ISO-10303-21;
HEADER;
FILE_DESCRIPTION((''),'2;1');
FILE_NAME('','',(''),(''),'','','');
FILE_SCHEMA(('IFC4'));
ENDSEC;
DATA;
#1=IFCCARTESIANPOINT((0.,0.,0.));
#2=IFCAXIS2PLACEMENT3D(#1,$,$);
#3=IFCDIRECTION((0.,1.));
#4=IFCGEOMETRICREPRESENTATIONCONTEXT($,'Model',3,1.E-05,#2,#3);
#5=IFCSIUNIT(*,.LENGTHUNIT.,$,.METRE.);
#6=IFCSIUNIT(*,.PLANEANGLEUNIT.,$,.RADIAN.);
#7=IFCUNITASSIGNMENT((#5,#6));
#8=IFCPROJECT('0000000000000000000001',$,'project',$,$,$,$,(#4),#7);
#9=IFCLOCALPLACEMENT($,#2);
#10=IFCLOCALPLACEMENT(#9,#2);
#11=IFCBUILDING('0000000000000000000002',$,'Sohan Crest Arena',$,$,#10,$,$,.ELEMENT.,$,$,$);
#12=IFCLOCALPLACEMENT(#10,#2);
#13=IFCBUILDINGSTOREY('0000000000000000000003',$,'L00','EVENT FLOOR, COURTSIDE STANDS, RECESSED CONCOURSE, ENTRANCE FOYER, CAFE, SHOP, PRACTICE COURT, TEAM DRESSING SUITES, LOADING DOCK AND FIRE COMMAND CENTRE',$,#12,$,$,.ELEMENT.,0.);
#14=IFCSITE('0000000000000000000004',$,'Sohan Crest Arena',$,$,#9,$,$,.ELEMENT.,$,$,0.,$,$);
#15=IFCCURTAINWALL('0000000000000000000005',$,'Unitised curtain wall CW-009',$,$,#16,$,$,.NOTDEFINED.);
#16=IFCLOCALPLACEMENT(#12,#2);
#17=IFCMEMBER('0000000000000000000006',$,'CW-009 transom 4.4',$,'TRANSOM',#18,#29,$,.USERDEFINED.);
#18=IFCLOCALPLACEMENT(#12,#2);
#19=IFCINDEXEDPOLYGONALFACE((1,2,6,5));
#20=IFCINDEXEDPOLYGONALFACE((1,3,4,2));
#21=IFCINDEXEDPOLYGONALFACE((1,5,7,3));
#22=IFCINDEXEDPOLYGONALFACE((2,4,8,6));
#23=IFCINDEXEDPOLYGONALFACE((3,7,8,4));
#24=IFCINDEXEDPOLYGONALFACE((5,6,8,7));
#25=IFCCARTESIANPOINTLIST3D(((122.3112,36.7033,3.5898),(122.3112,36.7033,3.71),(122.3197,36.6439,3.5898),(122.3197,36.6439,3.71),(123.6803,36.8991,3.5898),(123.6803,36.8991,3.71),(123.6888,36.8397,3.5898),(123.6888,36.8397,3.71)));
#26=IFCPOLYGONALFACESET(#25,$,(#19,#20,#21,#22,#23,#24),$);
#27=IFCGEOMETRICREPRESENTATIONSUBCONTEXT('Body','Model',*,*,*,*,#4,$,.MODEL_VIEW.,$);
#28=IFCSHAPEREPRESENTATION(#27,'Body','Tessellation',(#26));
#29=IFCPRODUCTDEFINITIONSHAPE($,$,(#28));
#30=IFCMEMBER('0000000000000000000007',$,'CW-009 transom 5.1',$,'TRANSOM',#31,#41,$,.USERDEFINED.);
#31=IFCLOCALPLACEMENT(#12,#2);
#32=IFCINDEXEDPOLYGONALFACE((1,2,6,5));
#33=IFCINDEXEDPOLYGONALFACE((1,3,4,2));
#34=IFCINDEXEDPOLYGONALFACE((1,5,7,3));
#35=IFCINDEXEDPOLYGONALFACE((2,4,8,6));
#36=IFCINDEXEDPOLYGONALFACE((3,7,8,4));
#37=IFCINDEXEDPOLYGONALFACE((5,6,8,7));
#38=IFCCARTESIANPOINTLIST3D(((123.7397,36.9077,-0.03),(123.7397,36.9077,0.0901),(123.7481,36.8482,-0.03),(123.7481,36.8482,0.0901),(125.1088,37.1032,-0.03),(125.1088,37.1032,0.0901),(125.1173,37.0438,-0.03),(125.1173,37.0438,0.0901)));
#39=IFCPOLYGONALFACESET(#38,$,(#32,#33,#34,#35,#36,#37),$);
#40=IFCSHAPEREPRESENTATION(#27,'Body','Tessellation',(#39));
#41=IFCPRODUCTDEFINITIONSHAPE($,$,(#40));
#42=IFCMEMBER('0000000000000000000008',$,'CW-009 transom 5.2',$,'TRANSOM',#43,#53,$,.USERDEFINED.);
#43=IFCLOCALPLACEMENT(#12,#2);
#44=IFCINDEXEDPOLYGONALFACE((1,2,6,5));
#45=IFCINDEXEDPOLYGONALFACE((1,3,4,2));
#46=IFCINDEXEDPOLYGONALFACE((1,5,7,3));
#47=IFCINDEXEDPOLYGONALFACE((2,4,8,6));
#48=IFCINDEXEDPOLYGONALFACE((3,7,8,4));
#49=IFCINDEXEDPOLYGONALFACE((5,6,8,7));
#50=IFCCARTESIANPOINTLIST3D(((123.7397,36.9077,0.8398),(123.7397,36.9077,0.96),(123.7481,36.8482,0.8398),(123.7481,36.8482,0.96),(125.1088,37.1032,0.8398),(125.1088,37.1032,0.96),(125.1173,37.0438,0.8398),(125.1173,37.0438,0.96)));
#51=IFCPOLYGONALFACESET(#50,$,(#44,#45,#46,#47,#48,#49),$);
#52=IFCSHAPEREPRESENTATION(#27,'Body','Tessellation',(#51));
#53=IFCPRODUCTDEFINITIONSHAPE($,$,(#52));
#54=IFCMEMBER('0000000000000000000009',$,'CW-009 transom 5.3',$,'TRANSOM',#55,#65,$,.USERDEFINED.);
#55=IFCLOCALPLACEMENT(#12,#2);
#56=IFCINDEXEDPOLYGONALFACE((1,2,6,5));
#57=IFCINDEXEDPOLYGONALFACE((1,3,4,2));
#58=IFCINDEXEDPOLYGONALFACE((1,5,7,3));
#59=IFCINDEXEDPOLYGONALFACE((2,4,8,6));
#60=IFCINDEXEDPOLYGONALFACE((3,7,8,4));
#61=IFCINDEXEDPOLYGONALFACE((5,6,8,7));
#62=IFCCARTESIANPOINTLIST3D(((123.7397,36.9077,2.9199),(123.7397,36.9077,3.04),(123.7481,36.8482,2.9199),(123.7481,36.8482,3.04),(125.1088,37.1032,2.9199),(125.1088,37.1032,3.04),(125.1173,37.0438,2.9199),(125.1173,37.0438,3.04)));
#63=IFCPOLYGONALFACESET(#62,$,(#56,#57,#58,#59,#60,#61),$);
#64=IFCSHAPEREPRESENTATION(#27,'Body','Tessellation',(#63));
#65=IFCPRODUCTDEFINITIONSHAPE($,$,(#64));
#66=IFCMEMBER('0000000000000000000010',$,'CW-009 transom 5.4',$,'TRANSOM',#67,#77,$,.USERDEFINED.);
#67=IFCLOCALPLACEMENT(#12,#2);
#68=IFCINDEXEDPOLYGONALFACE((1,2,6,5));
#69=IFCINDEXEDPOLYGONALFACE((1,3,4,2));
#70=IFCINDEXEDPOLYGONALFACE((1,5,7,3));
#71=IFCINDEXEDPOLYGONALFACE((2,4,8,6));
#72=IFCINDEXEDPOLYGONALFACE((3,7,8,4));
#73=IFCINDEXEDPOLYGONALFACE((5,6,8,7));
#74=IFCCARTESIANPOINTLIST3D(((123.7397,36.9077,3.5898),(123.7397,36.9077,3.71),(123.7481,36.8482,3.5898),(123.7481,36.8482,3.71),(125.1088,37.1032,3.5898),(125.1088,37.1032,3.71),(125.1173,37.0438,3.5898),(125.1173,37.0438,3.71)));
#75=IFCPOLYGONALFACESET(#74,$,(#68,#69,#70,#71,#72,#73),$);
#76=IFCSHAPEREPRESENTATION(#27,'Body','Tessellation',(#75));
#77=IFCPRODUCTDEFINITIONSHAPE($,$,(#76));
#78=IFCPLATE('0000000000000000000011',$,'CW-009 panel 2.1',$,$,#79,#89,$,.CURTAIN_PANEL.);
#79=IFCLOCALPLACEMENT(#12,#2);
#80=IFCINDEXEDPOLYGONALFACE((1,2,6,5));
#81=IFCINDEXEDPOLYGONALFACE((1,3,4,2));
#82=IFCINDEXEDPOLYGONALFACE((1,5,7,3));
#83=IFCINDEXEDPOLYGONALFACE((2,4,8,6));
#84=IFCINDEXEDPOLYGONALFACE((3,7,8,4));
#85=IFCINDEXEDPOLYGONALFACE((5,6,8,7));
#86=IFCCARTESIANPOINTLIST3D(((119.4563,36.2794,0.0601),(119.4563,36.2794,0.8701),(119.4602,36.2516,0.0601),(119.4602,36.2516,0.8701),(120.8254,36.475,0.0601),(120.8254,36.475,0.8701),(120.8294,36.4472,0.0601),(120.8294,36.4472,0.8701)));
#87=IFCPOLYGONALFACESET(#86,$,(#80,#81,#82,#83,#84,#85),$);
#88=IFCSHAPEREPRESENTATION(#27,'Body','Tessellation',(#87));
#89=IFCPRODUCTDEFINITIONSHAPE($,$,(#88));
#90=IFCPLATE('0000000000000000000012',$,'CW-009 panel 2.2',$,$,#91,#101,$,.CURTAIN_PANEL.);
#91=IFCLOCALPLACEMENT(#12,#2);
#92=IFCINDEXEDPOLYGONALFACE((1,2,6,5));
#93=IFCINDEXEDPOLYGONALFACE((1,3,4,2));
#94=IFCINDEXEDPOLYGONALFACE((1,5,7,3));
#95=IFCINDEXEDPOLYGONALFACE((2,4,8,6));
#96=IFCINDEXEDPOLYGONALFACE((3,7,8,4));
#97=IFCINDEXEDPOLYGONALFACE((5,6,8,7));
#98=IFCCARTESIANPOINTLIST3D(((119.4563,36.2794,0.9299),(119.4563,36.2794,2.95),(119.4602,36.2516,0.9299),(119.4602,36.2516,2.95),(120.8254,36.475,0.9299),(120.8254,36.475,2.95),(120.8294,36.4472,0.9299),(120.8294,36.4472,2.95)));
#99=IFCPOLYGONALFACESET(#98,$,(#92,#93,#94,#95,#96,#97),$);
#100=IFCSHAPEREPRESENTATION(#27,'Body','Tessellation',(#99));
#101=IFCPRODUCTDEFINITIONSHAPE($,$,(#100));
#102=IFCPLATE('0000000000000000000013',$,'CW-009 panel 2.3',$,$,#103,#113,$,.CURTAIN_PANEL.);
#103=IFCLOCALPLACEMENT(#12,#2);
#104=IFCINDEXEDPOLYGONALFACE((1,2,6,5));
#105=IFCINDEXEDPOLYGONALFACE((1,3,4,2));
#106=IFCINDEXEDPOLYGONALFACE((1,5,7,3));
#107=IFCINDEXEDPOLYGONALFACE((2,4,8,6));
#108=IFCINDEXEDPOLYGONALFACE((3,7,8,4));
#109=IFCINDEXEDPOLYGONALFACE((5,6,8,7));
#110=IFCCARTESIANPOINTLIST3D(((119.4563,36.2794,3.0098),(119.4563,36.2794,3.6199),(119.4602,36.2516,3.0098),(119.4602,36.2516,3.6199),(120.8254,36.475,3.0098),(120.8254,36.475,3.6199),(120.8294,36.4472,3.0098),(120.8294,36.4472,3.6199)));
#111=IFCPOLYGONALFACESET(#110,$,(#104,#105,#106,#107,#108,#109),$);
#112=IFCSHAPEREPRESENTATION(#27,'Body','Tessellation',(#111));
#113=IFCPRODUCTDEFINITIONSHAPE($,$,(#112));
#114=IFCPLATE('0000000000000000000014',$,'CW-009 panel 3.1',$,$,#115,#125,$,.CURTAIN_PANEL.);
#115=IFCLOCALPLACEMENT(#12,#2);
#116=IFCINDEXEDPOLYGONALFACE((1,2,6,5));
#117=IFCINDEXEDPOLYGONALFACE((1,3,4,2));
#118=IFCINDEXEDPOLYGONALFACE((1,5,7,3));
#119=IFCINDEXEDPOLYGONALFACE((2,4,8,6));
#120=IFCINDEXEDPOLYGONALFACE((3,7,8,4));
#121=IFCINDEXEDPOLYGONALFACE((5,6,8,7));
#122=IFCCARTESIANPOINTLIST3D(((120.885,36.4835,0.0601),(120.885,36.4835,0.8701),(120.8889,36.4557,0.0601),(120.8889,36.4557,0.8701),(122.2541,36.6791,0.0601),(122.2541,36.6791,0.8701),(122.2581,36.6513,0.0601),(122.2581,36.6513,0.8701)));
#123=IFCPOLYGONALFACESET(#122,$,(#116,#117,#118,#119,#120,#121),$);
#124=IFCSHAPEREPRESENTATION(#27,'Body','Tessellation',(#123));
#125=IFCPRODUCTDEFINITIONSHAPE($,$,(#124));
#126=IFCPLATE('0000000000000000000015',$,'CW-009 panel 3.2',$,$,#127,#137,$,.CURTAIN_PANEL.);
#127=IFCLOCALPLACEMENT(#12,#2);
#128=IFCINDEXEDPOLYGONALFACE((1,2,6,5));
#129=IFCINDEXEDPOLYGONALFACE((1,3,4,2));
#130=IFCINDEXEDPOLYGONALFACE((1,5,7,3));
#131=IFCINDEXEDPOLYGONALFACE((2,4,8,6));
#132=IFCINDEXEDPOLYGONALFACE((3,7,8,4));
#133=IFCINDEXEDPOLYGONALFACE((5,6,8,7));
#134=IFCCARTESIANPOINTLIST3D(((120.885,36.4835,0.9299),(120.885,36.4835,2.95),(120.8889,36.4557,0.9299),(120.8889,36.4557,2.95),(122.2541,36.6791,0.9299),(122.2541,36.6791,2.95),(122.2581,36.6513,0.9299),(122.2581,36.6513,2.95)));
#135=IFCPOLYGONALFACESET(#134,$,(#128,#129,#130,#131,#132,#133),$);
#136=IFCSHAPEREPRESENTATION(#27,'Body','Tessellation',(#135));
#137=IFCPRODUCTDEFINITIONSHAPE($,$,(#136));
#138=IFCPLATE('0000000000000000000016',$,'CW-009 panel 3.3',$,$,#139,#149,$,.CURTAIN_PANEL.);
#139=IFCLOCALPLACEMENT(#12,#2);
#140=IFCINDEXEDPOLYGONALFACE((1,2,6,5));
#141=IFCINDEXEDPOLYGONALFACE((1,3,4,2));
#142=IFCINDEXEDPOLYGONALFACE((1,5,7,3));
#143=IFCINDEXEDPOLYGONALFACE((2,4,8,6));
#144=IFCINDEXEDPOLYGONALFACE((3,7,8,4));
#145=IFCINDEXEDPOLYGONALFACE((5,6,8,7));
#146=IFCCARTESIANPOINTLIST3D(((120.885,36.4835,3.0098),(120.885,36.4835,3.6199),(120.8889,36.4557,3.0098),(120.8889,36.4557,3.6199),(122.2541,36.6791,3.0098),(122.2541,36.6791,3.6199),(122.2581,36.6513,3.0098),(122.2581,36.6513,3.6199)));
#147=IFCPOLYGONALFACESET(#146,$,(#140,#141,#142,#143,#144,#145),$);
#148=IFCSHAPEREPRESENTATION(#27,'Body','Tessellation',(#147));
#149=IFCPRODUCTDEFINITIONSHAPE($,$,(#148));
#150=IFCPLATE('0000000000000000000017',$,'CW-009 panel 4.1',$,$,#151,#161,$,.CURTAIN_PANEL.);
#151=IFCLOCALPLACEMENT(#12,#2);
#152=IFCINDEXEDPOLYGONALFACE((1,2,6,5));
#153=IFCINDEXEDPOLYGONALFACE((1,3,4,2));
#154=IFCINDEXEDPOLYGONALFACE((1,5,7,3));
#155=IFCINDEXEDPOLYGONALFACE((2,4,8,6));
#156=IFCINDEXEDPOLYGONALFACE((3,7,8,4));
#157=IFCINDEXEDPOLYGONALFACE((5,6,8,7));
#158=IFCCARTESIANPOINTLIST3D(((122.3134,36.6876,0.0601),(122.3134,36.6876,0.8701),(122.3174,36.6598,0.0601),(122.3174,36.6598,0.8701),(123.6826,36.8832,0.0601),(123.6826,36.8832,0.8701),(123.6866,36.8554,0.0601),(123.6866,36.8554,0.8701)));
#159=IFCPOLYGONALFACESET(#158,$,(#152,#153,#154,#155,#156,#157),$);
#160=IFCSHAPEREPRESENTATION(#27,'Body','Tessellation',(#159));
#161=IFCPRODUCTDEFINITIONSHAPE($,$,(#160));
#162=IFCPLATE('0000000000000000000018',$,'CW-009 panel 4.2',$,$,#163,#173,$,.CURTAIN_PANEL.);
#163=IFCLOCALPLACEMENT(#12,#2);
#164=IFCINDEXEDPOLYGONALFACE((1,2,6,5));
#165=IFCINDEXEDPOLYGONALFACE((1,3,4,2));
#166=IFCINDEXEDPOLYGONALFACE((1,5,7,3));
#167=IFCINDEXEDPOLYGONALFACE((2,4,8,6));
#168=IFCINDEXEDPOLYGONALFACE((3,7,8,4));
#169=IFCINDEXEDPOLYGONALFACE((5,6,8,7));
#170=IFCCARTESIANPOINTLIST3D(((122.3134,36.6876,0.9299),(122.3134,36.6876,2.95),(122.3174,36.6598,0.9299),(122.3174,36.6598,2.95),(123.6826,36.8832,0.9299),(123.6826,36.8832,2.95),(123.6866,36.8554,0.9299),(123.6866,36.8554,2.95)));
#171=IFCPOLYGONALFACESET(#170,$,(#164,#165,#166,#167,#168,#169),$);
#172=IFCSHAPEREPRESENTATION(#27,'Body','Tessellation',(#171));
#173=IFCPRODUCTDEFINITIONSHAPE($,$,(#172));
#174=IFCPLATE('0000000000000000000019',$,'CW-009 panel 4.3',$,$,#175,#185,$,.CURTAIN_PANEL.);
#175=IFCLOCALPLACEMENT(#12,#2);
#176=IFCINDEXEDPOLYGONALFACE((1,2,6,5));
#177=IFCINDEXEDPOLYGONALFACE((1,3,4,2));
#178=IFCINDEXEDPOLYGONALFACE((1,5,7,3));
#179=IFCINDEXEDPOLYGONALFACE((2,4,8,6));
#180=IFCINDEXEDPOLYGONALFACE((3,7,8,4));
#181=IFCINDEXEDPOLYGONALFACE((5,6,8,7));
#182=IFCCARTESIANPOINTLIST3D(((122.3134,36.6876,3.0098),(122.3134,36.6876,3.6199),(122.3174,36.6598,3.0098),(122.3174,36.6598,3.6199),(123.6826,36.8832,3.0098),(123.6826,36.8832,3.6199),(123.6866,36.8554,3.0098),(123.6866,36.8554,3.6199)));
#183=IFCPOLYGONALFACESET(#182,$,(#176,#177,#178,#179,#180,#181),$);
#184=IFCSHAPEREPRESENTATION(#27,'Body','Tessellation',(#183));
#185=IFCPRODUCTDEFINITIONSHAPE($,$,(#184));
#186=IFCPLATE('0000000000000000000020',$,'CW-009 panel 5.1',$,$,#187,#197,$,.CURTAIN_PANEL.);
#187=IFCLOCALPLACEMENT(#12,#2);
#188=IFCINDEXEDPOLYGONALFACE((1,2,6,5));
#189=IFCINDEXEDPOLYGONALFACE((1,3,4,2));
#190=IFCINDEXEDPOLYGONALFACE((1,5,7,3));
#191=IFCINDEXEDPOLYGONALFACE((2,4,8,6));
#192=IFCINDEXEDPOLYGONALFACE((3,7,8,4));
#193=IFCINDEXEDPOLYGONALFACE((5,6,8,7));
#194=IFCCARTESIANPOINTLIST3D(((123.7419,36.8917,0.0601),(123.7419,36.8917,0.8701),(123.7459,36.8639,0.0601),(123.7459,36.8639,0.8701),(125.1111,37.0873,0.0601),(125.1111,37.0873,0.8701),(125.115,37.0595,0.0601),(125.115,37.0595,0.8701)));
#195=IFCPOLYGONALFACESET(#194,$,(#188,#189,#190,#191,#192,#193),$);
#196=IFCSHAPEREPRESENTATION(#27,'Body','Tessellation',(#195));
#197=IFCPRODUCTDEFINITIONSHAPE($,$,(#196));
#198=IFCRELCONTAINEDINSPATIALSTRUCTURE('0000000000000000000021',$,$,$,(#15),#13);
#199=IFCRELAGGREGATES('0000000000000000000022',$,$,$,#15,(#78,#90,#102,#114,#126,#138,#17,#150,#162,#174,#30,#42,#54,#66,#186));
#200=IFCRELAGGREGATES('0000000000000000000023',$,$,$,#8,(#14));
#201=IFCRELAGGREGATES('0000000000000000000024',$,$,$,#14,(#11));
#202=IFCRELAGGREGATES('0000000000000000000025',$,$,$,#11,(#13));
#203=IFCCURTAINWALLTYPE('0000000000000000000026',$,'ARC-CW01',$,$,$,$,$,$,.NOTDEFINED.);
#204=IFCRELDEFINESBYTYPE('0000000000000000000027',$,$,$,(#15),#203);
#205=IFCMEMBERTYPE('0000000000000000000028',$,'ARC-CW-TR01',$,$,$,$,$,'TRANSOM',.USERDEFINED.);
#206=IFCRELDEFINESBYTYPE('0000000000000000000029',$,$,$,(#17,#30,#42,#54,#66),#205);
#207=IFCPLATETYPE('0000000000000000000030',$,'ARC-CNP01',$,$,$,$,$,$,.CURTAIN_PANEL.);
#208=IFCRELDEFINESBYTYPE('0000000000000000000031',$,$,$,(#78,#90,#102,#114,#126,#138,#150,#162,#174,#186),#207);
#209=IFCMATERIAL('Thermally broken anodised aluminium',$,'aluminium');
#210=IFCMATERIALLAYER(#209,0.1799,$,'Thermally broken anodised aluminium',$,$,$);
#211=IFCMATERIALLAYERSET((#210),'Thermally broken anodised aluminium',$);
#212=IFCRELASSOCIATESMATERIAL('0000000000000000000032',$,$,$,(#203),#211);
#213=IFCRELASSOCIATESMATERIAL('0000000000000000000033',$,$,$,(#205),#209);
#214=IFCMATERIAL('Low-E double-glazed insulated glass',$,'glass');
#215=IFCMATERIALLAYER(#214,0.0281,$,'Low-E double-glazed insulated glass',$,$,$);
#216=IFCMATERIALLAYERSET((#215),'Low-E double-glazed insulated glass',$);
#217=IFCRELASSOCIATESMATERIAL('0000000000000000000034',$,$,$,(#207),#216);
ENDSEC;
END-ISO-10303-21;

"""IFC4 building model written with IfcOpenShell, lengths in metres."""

from ifc_helpers import new_model, si_unit, direction, frame, origin, origin_2d, place, context, subcontext, project, spatial, rectangle, extrude, material, layer, layer_set, material_profile, profile_set, type_object, element, aggregate, save


model = new_model("IFC4")

# Units and contexts
model_context = context("Model", 3, precision=1e-05, world=origin(), true_north=direction((0.0, 1.0)))
body_context = subcontext(model_context, "Body", "Model", "MODEL_VIEW")
ifc_project = project(units=[si_unit("LENGTHUNIT", "METRE"), si_unit("PLANEANGLEUNIT", "RADIAN")], contexts=[model_context])

# Site, building, storey
site_placement = place(None, origin())
site = spatial("IfcSite", under=ifc_project, at=site_placement, Name="Sohan Crest Arena", CompositionType="ELEMENT", RefElevation=0.0)
building_placement = place(site_placement, origin())
building = spatial("IfcBuilding", under=site, at=building_placement, Name="Sohan Crest Arena", CompositionType="ELEMENT")
storey_placement = place(building_placement, origin())
storey = spatial("IfcBuildingStorey", under=building, at=storey_placement, Name="L00", Description="EVENT FLOOR, COURTSIDE STANDS, RECESSED CONCOURSE, ENTRANCE FOYER, CAFE, SHOP, PRACTICE COURT, TEAM DRESSING SUITES, LOADING DOCK AND FIRE COMMAND CENTRE", CompositionType="ELEMENT", Elevation=0.0)

# Curtain wall, members, plates
ifc_material_1 = material(Name="Thermally broken anodised aluminium", Category="aluminium")
ifc_layer_1 = layer(ifc_material_1, 0.1799, Name="Thermally broken anodised aluminium")
ifc_layer_set_1 = layer_set([ifc_layer_1], Name="Thermally broken anodised aluminium")
curtain_wall_type = type_object("IfcCurtainWallType", Name="ARC-CW01", PredefinedType="NOTDEFINED", material=ifc_layer_set_1)
curtain_wall_placement = place(storey_placement, origin())
curtain_wall = element("IfcCurtainWall", 1, at=curtain_wall_placement, inside=storey, type_object=curtain_wall_type, Name="Unitised curtain wall CW-009", PredefinedType="NOTDEFINED")
ifc_material_profile_1 = material_profile(ifc_material_1, rectangle(XDim=0.0601, YDim=0.1201, at=origin_2d()), Name="ALU-TRAN 60x120")
ifc_profile_set_1 = profile_set([ifc_material_profile_1], Name="Thermally broken anodised aluminium")
member_type_1 = type_object("IfcMemberType", Name="ARC-CW-TR01", ElementType="TRANSOM", PredefinedType="USERDEFINED", material=ifc_profile_set_1)
member_1_placement = place(storey_placement, frame((122.3154, 36.6736, 3.6499), z_axis=(0.989928, 0.14157, 0.0), x_axis=(-0.14157, 0.989928, 0.0)))
member_1 = element("IfcMember", 2, at=member_1_placement, type_object=member_type_1, Name="CW-009 transom 4.4", ObjectType="TRANSOM", PredefinedType="USERDEFINED", context=body_context, shape_type="SweptSolid", body=[
    extrude(rectangle(XDim=0.0601, YDim=0.1201, at=origin_2d()), origin(), (0.0, 0.0, 1.0), 1.3831),
])
member_2_placement = place(storey_placement, frame((123.7439, 36.8779, 0.03), z_axis=(0.989953, 0.141397, 0.0), x_axis=(-0.141397, 0.989953, 0.0)))
member_2 = element("IfcMember", 3, at=member_2_placement, type_object=member_type_1, Name="CW-009 transom 5.1", ObjectType="TRANSOM", PredefinedType="USERDEFINED", context=body_context, shape_type="SweptSolid", body=[
    extrude(rectangle(XDim=0.0601, YDim=0.1201, at=origin_2d()), origin(), (0.0, 0.0, 1.0), 1.3831),
])
member_3_placement = place(storey_placement, frame((123.7439, 36.8779, 0.8999), z_axis=(0.989953, 0.141397, 0.0), x_axis=(-0.141397, 0.989953, 0.0)))
member_3 = element("IfcMember", 4, at=member_3_placement, type_object=member_type_1, Name="CW-009 transom 5.2", ObjectType="TRANSOM", PredefinedType="USERDEFINED", context=body_context, shape_type="SweptSolid", body=[
    extrude(rectangle(XDim=0.0601, YDim=0.1201, at=origin_2d()), origin(), (0.0, 0.0, 1.0), 1.3831),
])
member_4_placement = place(storey_placement, frame((123.7439, 36.8779, 2.98), z_axis=(0.989953, 0.141397, 0.0), x_axis=(-0.141397, 0.989953, 0.0)))
member_4 = element("IfcMember", 5, at=member_4_placement, type_object=member_type_1, Name="CW-009 transom 5.3", ObjectType="TRANSOM", PredefinedType="USERDEFINED", context=body_context, shape_type="SweptSolid", body=[
    extrude(rectangle(XDim=0.0601, YDim=0.1201, at=origin_2d()), origin(), (0.0, 0.0, 1.0), 1.3831),
])
member_5_placement = place(storey_placement, frame((123.7439, 36.8779, 3.6499), z_axis=(0.989953, 0.141397, 0.0), x_axis=(-0.141397, 0.989953, 0.0)))
member_5 = element("IfcMember", 6, at=member_5_placement, type_object=member_type_1, Name="CW-009 transom 5.4", ObjectType="TRANSOM", PredefinedType="USERDEFINED", context=body_context, shape_type="SweptSolid", body=[
    extrude(rectangle(XDim=0.0601, YDim=0.1201, at=origin_2d()), origin(), (0.0, 0.0, 1.0), 1.3831),
])
ifc_material_2 = material(Name="Low-E double-glazed insulated glass", Category="glass")
ifc_layer_2 = layer(ifc_material_2, 0.0281, Name="Low-E double-glazed insulated glass")
ifc_layer_set_2 = layer_set([ifc_layer_2], Name="Low-E double-glazed insulated glass")
plate_type = type_object("IfcPlateType", Name="ARC-CNP01", PredefinedType="CURTAIN_PANEL", material=ifc_layer_set_2)
plate_1_placement = place(storey_placement, frame((120.1428, 36.3633, 0.0601), z_axis=(0.0, 0.0, 1.0), x_axis=(0.989944, 0.141463, 0.0)))
plate_1 = element("IfcPlate", 7, at=plate_1_placement, type_object=plate_type, Name="CW-009 panel 2.1", PredefinedType="CURTAIN_PANEL", context=body_context, shape_type="SweptSolid", body=[
    extrude(rectangle(XDim=1.3831, YDim=0.0281, at=origin_2d()), origin(), (0.0, 0.0, 1.0), 0.8101),
])
plate_2_placement = place(storey_placement, frame((120.1428, 36.3633, 0.9299), z_axis=(0.0, 0.0, 1.0), x_axis=(0.989944, 0.141463, 0.0)))
plate_2 = element("IfcPlate", 8, at=plate_2_placement, type_object=plate_type, Name="CW-009 panel 2.2", PredefinedType="CURTAIN_PANEL", context=body_context, shape_type="SweptSolid", body=[
    extrude(rectangle(XDim=1.3831, YDim=0.0281, at=origin_2d()), origin(), (0.0, 0.0, 1.0), 2.02),
])
plate_3_placement = place(storey_placement, frame((120.1428, 36.3633, 3.0098), z_axis=(0.0, 0.0, 1.0), x_axis=(0.989944, 0.141463, 0.0)))
plate_3 = element("IfcPlate", 9, at=plate_3_placement, type_object=plate_type, Name="CW-009 panel 2.3", PredefinedType="CURTAIN_PANEL", context=body_context, shape_type="SweptSolid", body=[
    extrude(rectangle(XDim=1.3831, YDim=0.0281, at=origin_2d()), origin(), (0.0, 0.0, 1.0), 0.6101),
])
plate_4_placement = place(storey_placement, frame((121.5715, 36.5674, 0.0601), z_axis=(0.0, 0.0, 1.0), x_axis=(0.989944, 0.141463, 0.0)))
plate_4 = element("IfcPlate", 10, at=plate_4_placement, type_object=plate_type, Name="CW-009 panel 3.1", PredefinedType="CURTAIN_PANEL", context=body_context, shape_type="SweptSolid", body=[
    extrude(rectangle(XDim=1.3831, YDim=0.0281, at=origin_2d()), origin(), (0.0, 0.0, 1.0), 0.8101),
])
plate_5_placement = place(storey_placement, frame((121.5715, 36.5674, 0.9299), z_axis=(0.0, 0.0, 1.0), x_axis=(0.989944, 0.141463, 0.0)))
plate_5 = element("IfcPlate", 11, at=plate_5_placement, type_object=plate_type, Name="CW-009 panel 3.2", PredefinedType="CURTAIN_PANEL", context=body_context, shape_type="SweptSolid", body=[
    extrude(rectangle(XDim=1.3831, YDim=0.0281, at=origin_2d()), origin(), (0.0, 0.0, 1.0), 2.02),
])
plate_6_placement = place(storey_placement, frame((121.5715, 36.5674, 3.0098), z_axis=(0.0, 0.0, 1.0), x_axis=(0.989944, 0.141463, 0.0)))
plate_6 = element("IfcPlate", 12, at=plate_6_placement, type_object=plate_type, Name="CW-009 panel 3.3", PredefinedType="CURTAIN_PANEL", context=body_context, shape_type="SweptSolid", body=[
    extrude(rectangle(XDim=1.3831, YDim=0.0281, at=origin_2d()), origin(), (0.0, 0.0, 1.0), 0.6101),
])
plate_7_placement = place(storey_placement, frame((123.0, 36.7715, 0.0601), z_axis=(0.0, 0.0, 1.0), x_axis=(0.989944, 0.141463, 0.0)))
plate_7 = element("IfcPlate", 13, at=plate_7_placement, type_object=plate_type, Name="CW-009 panel 4.1", PredefinedType="CURTAIN_PANEL", context=body_context, shape_type="SweptSolid", body=[
    extrude(rectangle(XDim=1.3831, YDim=0.0281, at=origin_2d()), origin(), (0.0, 0.0, 1.0), 0.8101),
])
plate_8_placement = place(storey_placement, frame((123.0, 36.7715, 0.9299), z_axis=(0.0, 0.0, 1.0), x_axis=(0.989944, 0.141463, 0.0)))
plate_8 = element("IfcPlate", 14, at=plate_8_placement, type_object=plate_type, Name="CW-009 panel 4.2", PredefinedType="CURTAIN_PANEL", context=body_context, shape_type="SweptSolid", body=[
    extrude(rectangle(XDim=1.3831, YDim=0.0281, at=origin_2d()), origin(), (0.0, 0.0, 1.0), 2.02),
])
plate_9_placement = place(storey_placement, frame((123.0, 36.7715, 3.0098), z_axis=(0.0, 0.0, 1.0), x_axis=(0.989944, 0.141463, 0.0)))
plate_9 = element("IfcPlate", 15, at=plate_9_placement, type_object=plate_type, Name="CW-009 panel 4.3", PredefinedType="CURTAIN_PANEL", context=body_context, shape_type="SweptSolid", body=[
    extrude(rectangle(XDim=1.3831, YDim=0.0281, at=origin_2d()), origin(), (0.0, 0.0, 1.0), 0.6101),
])
plate_10_placement = place(storey_placement, frame((124.4285, 36.9756, 0.0601), z_axis=(0.0, 0.0, 1.0), x_axis=(0.989944, 0.141463, 0.0)))
plate_10 = element("IfcPlate", 16, at=plate_10_placement, type_object=plate_type, Name="CW-009 panel 5.1", PredefinedType="CURTAIN_PANEL", context=body_context, shape_type="SweptSolid", body=[
    extrude(rectangle(XDim=1.3831, YDim=0.0281, at=origin_2d()), origin(), (0.0, 0.0, 1.0), 0.8101),
])
aggregate(curtain_wall, [plate_1, plate_2, plate_3, plate_4, plate_5, plate_6, member_1, plate_7, plate_8, plate_9, member_2, member_3, member_4, member_5, plate_10])

save(model, "model.ifc")
